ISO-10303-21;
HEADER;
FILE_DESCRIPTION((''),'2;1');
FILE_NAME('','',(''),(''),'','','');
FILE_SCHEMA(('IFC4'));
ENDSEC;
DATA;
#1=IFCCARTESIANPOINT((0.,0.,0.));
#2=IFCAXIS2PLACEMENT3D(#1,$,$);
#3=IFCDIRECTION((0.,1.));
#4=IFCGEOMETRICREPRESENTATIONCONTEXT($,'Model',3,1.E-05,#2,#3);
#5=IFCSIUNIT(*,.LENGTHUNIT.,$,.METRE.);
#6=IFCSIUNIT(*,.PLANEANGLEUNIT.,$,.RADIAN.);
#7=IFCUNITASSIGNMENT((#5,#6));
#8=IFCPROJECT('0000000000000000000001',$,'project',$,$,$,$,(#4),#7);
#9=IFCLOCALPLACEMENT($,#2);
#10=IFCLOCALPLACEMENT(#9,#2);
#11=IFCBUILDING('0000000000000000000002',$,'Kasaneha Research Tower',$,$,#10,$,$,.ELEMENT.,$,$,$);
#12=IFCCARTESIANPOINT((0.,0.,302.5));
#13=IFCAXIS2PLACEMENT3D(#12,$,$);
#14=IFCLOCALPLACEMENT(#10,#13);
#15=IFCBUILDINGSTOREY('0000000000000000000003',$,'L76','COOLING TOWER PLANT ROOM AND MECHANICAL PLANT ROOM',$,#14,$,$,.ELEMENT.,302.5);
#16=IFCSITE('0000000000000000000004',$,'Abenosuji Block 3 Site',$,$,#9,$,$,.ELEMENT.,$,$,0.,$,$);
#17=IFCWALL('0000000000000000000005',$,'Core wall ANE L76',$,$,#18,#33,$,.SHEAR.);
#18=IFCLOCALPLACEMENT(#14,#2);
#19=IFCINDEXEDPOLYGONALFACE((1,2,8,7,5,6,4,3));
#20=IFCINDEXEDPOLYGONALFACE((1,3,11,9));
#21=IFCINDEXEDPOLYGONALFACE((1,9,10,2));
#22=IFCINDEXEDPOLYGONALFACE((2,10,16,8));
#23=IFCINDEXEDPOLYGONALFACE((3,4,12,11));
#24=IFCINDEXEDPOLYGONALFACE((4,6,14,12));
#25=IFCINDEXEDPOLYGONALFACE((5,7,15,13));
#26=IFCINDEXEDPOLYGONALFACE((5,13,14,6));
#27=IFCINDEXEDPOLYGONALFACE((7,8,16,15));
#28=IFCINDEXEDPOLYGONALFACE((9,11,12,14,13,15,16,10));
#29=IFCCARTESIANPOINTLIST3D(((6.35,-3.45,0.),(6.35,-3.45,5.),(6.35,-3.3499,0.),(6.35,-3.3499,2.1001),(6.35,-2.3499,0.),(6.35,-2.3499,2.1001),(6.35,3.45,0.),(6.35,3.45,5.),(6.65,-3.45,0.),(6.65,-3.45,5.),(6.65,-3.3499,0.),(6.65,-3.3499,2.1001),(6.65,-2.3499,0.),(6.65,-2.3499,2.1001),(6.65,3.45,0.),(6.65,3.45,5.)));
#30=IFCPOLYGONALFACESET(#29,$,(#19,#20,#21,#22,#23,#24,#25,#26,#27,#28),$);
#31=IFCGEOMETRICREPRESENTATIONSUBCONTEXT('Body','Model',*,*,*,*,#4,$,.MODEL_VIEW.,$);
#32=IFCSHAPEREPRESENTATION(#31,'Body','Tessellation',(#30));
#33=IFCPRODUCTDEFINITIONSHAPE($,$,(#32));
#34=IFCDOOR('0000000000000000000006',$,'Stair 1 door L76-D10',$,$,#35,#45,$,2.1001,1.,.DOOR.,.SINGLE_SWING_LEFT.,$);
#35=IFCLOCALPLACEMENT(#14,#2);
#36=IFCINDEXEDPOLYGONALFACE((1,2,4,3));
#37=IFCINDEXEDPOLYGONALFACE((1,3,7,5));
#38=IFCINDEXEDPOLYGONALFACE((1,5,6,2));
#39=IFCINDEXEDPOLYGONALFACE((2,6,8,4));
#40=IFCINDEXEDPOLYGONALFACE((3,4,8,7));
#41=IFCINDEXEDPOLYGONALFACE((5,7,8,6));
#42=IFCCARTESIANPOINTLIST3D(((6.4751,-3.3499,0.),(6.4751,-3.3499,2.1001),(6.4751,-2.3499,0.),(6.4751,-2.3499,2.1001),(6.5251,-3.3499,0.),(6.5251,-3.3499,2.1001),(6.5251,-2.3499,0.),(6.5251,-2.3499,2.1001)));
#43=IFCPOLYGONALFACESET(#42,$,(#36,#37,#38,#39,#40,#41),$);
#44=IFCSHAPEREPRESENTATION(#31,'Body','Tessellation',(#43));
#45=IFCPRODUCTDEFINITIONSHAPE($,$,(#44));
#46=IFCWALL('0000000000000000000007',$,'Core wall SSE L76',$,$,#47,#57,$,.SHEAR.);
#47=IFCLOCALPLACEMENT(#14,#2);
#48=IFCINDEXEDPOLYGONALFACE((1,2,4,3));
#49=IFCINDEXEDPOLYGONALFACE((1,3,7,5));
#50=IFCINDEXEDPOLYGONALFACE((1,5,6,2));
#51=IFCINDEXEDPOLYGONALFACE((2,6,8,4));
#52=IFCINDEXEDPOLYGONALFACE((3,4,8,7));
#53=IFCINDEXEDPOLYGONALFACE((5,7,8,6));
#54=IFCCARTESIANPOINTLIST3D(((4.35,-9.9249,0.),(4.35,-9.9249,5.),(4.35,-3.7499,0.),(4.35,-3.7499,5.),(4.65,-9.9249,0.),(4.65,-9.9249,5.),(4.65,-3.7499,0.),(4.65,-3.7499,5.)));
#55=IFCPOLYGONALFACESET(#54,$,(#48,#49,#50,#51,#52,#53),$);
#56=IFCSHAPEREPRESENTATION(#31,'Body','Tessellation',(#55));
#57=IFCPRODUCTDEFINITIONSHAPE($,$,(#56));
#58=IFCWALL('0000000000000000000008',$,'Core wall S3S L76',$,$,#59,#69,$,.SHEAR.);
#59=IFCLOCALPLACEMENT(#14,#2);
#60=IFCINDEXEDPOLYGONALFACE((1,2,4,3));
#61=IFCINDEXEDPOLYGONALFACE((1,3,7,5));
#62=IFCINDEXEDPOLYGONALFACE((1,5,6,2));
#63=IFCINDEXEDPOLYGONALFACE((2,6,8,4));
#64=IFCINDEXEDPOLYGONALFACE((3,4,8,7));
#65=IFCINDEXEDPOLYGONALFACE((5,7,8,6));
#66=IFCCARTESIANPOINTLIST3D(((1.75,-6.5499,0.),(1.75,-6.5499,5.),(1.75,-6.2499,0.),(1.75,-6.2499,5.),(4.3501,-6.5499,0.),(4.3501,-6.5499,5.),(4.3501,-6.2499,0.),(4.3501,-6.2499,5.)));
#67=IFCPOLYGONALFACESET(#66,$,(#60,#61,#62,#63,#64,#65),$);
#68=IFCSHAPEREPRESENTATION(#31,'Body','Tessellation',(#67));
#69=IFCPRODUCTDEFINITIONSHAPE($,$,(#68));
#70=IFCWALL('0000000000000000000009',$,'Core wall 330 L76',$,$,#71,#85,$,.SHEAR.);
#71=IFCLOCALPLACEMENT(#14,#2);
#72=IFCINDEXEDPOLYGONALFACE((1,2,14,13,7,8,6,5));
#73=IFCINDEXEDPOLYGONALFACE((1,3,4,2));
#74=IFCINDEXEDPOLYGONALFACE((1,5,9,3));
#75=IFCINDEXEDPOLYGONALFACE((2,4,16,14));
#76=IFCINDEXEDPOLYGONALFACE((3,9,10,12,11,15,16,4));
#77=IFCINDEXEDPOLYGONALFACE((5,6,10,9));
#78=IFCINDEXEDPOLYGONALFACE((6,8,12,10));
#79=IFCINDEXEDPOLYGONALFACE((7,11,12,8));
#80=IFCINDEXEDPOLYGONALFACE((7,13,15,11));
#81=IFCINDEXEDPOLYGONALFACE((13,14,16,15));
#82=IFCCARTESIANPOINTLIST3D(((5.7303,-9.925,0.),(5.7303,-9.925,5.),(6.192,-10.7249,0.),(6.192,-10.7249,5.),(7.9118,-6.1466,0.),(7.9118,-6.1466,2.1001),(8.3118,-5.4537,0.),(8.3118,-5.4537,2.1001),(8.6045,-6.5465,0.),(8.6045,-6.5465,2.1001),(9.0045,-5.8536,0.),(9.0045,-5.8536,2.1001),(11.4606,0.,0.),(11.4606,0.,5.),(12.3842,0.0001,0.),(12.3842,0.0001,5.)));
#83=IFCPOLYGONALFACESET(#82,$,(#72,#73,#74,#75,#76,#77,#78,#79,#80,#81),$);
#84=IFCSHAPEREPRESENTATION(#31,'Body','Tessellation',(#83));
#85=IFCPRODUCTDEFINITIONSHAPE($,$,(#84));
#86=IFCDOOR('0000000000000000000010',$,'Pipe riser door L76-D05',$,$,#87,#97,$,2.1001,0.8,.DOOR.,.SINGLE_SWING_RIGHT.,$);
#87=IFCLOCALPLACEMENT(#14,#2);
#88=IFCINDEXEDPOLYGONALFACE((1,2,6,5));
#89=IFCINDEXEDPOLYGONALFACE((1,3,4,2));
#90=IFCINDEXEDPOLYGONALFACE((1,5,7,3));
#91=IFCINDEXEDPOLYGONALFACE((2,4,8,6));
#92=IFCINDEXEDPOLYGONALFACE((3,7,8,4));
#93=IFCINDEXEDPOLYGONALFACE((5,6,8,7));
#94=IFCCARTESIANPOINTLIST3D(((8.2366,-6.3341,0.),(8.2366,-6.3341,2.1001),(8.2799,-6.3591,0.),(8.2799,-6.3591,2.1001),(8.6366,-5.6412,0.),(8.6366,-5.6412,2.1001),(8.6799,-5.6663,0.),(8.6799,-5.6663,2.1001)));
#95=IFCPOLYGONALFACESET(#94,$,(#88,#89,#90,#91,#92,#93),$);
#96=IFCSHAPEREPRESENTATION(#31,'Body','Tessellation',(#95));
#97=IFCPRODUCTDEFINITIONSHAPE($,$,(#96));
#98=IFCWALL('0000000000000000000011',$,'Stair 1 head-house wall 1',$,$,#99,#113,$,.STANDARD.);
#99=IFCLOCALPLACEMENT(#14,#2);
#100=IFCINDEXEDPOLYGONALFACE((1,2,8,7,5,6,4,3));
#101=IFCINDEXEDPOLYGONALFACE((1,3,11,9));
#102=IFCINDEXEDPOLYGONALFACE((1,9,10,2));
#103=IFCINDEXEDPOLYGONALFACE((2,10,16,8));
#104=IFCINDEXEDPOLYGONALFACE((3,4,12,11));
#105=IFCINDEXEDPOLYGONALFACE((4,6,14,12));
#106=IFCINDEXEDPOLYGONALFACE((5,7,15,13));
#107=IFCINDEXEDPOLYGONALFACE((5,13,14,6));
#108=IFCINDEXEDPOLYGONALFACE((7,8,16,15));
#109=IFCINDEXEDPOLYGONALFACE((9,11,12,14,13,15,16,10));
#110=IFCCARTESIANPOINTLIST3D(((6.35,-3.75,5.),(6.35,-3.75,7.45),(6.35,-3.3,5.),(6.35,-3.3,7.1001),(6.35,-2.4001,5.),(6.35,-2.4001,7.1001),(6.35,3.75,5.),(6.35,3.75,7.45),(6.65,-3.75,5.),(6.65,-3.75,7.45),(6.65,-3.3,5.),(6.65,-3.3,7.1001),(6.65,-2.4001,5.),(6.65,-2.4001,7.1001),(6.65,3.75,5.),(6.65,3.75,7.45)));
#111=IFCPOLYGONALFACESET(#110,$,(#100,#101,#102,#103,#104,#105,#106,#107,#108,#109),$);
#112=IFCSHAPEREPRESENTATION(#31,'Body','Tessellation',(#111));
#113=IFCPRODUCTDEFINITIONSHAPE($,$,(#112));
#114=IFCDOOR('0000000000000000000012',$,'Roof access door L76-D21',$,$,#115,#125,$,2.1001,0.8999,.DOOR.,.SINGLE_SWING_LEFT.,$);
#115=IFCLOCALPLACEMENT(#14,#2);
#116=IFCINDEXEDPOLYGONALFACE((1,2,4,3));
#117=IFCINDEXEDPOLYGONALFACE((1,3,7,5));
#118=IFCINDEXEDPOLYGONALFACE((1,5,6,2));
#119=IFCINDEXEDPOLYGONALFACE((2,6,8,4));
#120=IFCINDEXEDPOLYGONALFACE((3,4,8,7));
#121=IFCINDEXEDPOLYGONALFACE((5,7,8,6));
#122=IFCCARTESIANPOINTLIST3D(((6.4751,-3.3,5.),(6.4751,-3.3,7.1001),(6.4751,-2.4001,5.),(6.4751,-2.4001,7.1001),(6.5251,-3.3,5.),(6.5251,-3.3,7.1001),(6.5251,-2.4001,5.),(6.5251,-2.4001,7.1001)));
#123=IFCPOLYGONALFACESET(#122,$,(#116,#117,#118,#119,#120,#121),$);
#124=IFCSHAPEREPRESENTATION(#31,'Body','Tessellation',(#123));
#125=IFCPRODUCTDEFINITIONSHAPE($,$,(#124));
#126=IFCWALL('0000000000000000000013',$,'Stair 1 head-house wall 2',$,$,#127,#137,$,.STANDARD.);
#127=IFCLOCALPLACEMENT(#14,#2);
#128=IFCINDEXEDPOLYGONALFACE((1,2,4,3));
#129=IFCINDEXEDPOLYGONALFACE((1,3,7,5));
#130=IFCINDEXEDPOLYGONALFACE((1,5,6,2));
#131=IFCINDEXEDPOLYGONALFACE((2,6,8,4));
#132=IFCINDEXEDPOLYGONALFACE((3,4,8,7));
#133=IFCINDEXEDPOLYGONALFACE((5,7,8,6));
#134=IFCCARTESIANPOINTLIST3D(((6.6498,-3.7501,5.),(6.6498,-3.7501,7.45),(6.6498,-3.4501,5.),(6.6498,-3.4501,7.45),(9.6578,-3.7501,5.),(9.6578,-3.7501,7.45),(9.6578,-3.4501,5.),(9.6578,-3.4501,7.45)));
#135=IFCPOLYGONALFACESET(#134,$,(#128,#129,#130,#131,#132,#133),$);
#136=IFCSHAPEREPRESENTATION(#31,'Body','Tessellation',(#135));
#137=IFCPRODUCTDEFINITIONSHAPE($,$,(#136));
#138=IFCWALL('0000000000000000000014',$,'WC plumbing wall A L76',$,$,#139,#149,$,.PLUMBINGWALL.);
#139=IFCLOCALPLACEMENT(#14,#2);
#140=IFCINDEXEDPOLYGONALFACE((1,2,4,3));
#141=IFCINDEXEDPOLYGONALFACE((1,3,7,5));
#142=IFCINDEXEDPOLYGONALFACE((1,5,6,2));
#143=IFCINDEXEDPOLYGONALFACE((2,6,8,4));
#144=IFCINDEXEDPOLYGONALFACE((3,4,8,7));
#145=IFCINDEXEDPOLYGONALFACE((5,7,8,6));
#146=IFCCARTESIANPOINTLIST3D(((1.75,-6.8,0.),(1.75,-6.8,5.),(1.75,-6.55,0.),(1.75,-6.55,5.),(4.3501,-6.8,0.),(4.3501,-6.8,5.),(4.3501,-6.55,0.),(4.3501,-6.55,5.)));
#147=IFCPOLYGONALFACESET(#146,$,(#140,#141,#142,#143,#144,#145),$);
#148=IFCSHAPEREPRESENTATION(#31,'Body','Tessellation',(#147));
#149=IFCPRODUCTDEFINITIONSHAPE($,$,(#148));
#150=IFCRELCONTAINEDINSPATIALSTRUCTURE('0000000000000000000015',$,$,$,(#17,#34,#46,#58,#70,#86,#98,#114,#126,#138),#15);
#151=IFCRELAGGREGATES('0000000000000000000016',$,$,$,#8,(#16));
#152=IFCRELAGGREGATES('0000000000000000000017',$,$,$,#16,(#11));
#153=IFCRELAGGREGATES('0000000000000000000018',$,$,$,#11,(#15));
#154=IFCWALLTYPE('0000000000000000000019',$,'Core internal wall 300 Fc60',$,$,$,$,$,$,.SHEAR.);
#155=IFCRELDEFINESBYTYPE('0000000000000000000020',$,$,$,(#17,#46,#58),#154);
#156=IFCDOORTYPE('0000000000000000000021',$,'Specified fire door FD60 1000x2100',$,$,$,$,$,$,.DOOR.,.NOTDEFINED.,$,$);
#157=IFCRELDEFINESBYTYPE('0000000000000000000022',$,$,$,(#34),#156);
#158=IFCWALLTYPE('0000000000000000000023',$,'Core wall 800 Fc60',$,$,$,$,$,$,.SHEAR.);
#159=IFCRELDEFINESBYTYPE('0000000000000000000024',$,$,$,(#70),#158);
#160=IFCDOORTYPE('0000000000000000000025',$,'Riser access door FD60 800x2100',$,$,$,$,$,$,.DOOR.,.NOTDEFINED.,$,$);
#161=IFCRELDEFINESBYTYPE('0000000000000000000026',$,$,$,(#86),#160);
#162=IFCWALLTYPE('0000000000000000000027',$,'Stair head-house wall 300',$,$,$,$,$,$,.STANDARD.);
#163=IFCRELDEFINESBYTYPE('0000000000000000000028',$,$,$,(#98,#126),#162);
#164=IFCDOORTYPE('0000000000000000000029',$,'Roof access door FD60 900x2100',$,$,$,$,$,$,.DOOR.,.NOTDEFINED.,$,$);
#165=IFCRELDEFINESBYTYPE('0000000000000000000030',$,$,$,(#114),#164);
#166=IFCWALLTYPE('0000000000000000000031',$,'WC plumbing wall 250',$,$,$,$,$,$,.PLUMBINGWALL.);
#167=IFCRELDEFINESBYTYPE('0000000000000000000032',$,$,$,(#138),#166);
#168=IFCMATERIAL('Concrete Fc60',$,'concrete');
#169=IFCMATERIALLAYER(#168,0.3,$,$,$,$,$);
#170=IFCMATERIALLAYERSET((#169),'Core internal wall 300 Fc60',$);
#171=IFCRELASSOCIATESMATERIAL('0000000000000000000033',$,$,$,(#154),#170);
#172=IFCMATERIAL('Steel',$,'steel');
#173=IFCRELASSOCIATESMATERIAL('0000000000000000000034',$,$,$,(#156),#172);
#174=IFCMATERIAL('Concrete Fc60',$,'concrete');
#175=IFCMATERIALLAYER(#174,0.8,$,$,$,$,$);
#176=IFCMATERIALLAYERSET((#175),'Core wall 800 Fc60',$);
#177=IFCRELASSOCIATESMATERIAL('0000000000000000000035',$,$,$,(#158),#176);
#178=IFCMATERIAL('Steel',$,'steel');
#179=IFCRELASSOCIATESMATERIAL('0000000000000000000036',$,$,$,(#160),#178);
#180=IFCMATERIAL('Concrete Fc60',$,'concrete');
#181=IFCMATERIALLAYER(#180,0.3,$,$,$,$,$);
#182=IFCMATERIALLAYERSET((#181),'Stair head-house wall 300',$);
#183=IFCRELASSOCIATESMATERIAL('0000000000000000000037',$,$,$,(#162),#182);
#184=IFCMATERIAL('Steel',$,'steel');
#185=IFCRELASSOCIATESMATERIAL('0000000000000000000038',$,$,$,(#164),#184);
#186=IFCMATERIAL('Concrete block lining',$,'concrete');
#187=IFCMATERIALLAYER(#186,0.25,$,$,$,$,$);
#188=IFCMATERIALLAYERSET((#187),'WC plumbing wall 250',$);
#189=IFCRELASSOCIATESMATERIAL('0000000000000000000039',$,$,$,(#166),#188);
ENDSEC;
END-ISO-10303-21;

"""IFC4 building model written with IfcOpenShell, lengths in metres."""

from ifc_helpers import new_model, si_unit, direction, frame, frame_2d, origin, place, context, subcontext, project, spatial, polyline, rectangle, outline, extrude, material, layer, layer_set, type_object, element, fill, save


model = new_model("IFC4")

# Units and contexts
model_context = context("Model", 3, precision=1e-05, world=origin(), true_north=direction((0.0, 1.0)))
body_context = subcontext(model_context, "Body", "Model", "MODEL_VIEW")
ifc_project = project(units=[si_unit("LENGTHUNIT", "METRE"), si_unit("PLANEANGLEUNIT", "RADIAN")], contexts=[model_context])

# Site, building, storey
site_placement = place(None, origin())
site = spatial("IfcSite", under=ifc_project, at=site_placement, Name="Abenosuji Block 3 Site", CompositionType="ELEMENT", RefElevation=0.0)
building_placement = place(site_placement, origin())
building = spatial("IfcBuilding", under=site, at=building_placement, Name="Kasaneha Research Tower", CompositionType="ELEMENT")
storey_placement = place(building_placement, frame((0.0, 0.0, 302.5)))
storey = spatial("IfcBuildingStorey", under=building, at=storey_placement, Name="L76", Description="COOLING TOWER PLANT ROOM AND MECHANICAL PLANT ROOM", CompositionType="ELEMENT", Elevation=302.5)

# Shared definitions
ifc_material_1 = material(Name="Concrete Fc60", Category="concrete")
ifc_layer_1 = layer(ifc_material_1, 0.3)
ifc_layer_set_1 = layer_set([ifc_layer_1], Name="Core internal wall 300 Fc60")
wall_type_1 = type_object("IfcWallType", Name="Core internal wall 300 Fc60", PredefinedType="SHEAR", material=ifc_layer_set_1)

# Wall, opening, door
ifc_material_2 = material(Name="Steel", Category="steel")
door_type_1 = type_object("IfcDoorType", Name="Specified fire door FD60 1000x2100", OperationType="NOTDEFINED", PredefinedType="DOOR", material=ifc_material_2)
wall_1_placement = place(storey_placement, frame((6.5, -3.45, 0.0), z_axis=(0.0, 0.0, 1.0), x_axis=(0.0, 1.0, 0.0)))
wall_1 = element("IfcWall", 1, at=wall_1_placement, inside=storey, type_object=wall_type_1, Name="Core wall ANE L76", PredefinedType="SHEAR", context=body_context, shape_type="SweptSolid", body=[
    extrude(rectangle(XDim=6.8999, YDim=0.3, at=frame_2d((3.45, 0.0))), origin(), (0.0, 0.0, 1.0), 5.0),
])
opening_1_placement = place(wall_1_placement, frame((0.1001, 0.0, 0.0)))
opening_1 = element("IfcOpeningElement", 2, at=opening_1_placement, cuts=wall_1, PredefinedType="OPENING", context=body_context, shape_type="SweptSolid", body=[
    extrude(rectangle(XDim=1.0, YDim=2.1001, at=frame_2d((0.5, 1.05))), frame((0.0, 0.1602, 0.0), z_axis=(0.0, -1.0, 0.0), x_axis=(1.0, 0.0, 0.0)), (0.0, 0.0, 1.0), 0.3201),
])
door_1_placement = place(opening_1_placement, origin())
door_1 = element("IfcDoor", 3, at=door_1_placement, inside=storey, type_object=door_type_1, Name="Stair 1 door L76-D10", OperationType="SINGLE_SWING_LEFT", OverallHeight=2.1001, OverallWidth=1.0, PredefinedType="DOOR", context=body_context, shape_type="SweptSolid", body=[
    extrude(rectangle(XDim=1.0, YDim=2.1001, at=frame_2d((0.5, 1.05))), frame((0.0, 0.0249, 0.0), z_axis=(0.0, -1.0, 0.0), x_axis=(1.0, 0.0, 0.0)), (0.0, 0.0, 1.0), 0.05),
])
fill(opening_1, door_1)

# Walls
wall_2_placement = place(storey_placement, frame((4.5, -3.75, 0.0), z_axis=(0.0, 0.0, 1.0), x_axis=(0.0, -1.0, 0.0)))
element("IfcWall", 4, at=wall_2_placement, inside=storey, type_object=wall_type_1, Name="Core wall SSE L76", PredefinedType="SHEAR", context=body_context, shape_type="SweptSolid", body=[
    extrude(rectangle(XDim=6.175, YDim=0.3, at=frame_2d((3.0874, 0.0))), origin(), (0.0, 0.0, 1.0), 5.0),
])
wall_3_placement = place(storey_placement, frame((1.75, -6.3999, 0.0), z_axis=(0.0, 0.0, 1.0), x_axis=(1.0, 0.0, 0.0)))
element("IfcWall", 5, at=wall_3_placement, inside=storey, type_object=wall_type_1, Name="Core wall S3S L76", PredefinedType="SHEAR", context=body_context, shape_type="SweptSolid", body=[
    extrude(rectangle(XDim=2.6001, YDim=0.3, at=frame_2d((1.3, 0.0))), origin(), (0.0, 0.0, 1.0), 5.0),
])

# Walls, openings, doors
ifc_material_3 = material(Name="Concrete Fc60", Category="concrete")
ifc_layer_2 = layer(ifc_material_3, 0.8)
ifc_layer_set_2 = layer_set([ifc_layer_2], Name="Core wall 800 Fc60")
wall_type_2 = type_object("IfcWallType", Name="Core wall 800 Fc60", PredefinedType="SHEAR", material=ifc_layer_set_2)
wall_4_placement = place(storey_placement, frame((5.9612, -10.325, 0.0), z_axis=(0.0, 0.0, 1.0), x_axis=(0.500004, 0.866023, 0.0)))
wall_4 = element("IfcWall", 6, at=wall_4_placement, inside=storey, type_object=wall_type_2, Name="Core wall 330 L76", PredefinedType="SHEAR", context=body_context, shape_type="SweptSolid", body=[
    extrude(outline(polyline([(-0.231, -0.3999), (4.594, -0.3999), (5.394, -0.3999), (12.1533, -0.3999), (11.6914, 0.3999), (5.394, 0.3999), (4.594, 0.3999), (0.231, 0.3999), (-0.231, -0.3999)])), origin(), (0.0, 0.0, 1.0), 5.0),
])
opening_2_placement = place(wall_4_placement, frame((4.594, 0.0, 0.0)))
opening_2 = element("IfcOpeningElement", 7, at=opening_2_placement, cuts=wall_4, PredefinedType="OPENING", context=body_context, shape_type="SweptSolid", body=[
    extrude(rectangle(XDim=0.8, YDim=2.1001, at=frame_2d((0.3999, 1.05))), frame((0.0, 0.4102, 0.0), z_axis=(0.0, -1.0, 0.0), x_axis=(1.0, 0.0, 0.0)), (0.0, 0.0, 1.0), 0.8201),
])
ifc_material_4 = material(Name="Steel", Category="steel")
door_type_2 = type_object("IfcDoorType", Name="Riser access door FD60 800x2100", OperationType="NOTDEFINED", PredefinedType="DOOR", material=ifc_material_4)
door_2_placement = place(opening_2_placement, origin())
door_2 = element("IfcDoor", 8, at=door_2_placement, inside=storey, type_object=door_type_2, Name="Pipe riser door L76-D05", OperationType="SINGLE_SWING_RIGHT", OverallHeight=2.1001, OverallWidth=0.8, PredefinedType="DOOR", context=body_context, shape_type="SweptSolid", body=[
    extrude(rectangle(XDim=0.8, YDim=2.1001, at=frame_2d((0.3999, 1.05))), frame((0.0, 0.0249, 0.0), z_axis=(0.0, -1.0, 0.0), x_axis=(1.0, 0.0, 0.0)), (0.0, 0.0, 1.0), 0.05),
])
fill(opening_2, door_2)
ifc_material_5 = material(Name="Concrete Fc60", Category="concrete")
ifc_layer_3 = layer(ifc_material_5, 0.3)
ifc_layer_set_3 = layer_set([ifc_layer_3], Name="Stair head-house wall 300")
wall_type_3 = type_object("IfcWallType", Name="Stair head-house wall 300", PredefinedType="STANDARD", material=ifc_layer_set_3)
wall_5_placement = place(storey_placement, frame((6.5, -3.75, 5.0), z_axis=(0.0, 0.0, 1.0), x_axis=(0.0, 1.0, 0.0)))
wall_5 = element("IfcWall", 9, at=wall_5_placement, inside=storey, type_object=wall_type_3, Name="Stair 1 head-house wall 1", PredefinedType="STANDARD", context=body_context, shape_type="SweptSolid", body=[
    extrude(rectangle(XDim=7.5, YDim=0.3, at=frame_2d((3.75, 0.0))), origin(), (0.0, 0.0, 1.0), 2.45),
])
opening_3_placement = place(wall_5_placement, frame((0.45, 0.0, 0.0)))
opening_3 = element("IfcOpeningElement", 10, at=opening_3_placement, cuts=wall_5, PredefinedType="OPENING", context=body_context, shape_type="SweptSolid", body=[
    extrude(rectangle(XDim=0.8999, YDim=2.1001, at=frame_2d((0.45, 1.05))), frame((0.0, 0.1602, 0.0), z_axis=(0.0, -1.0, 0.0), x_axis=(1.0, 0.0, 0.0)), (0.0, 0.0, 1.0), 0.3201),
])
ifc_material_6 = material(Name="Steel", Category="steel")
door_type_3 = type_object("IfcDoorType", Name="Roof access door FD60 900x2100", OperationType="NOTDEFINED", PredefinedType="DOOR", material=ifc_material_6)
door_3_placement = place(opening_3_placement, origin())
door_3 = element("IfcDoor", 11, at=door_3_placement, inside=storey, type_object=door_type_3, Name="Roof access door L76-D21", OperationType="SINGLE_SWING_LEFT", OverallHeight=2.1001, OverallWidth=0.8999, PredefinedType="DOOR", context=body_context, shape_type="SweptSolid", body=[
    extrude(rectangle(XDim=0.8999, YDim=2.1001, at=frame_2d((0.45, 1.05))), frame((0.0, 0.0249, 0.0), z_axis=(0.0, -1.0, 0.0), x_axis=(1.0, 0.0, 0.0)), (0.0, 0.0, 1.0), 0.05),
])
fill(opening_3, door_3)

# Walls
wall_6_placement = place(storey_placement, frame((6.6499, -3.6001, 5.0), z_axis=(0.0, 0.0, 1.0), x_axis=(1.0, 0.0, 0.0)))
element("IfcWall", 12, at=wall_6_placement, inside=storey, type_object=wall_type_3, Name="Stair 1 head-house wall 2", PredefinedType="STANDARD", context=body_context, shape_type="SweptSolid", body=[
    extrude(rectangle(XDim=3.0081, YDim=0.3, at=frame_2d((1.5039, 0.0))), origin(), (0.0, 0.0, 1.0), 2.45),
])
ifc_material_7 = material(Name="Concrete block lining", Category="concrete")
ifc_layer_4 = layer(ifc_material_7, 0.25)
ifc_layer_set_4 = layer_set([ifc_layer_4], Name="WC plumbing wall 250")
wall_type_4 = type_object("IfcWallType", Name="WC plumbing wall 250", PredefinedType="PLUMBINGWALL", material=ifc_layer_set_4)
wall_7_placement = place(storey_placement, frame((1.75, -6.675, 0.0), z_axis=(0.0, 0.0, 1.0), x_axis=(1.0, 0.0, 0.0)))
element("IfcWall", 13, at=wall_7_placement, inside=storey, type_object=wall_type_4, Name="WC plumbing wall A L76", PredefinedType="PLUMBINGWALL", context=body_context, shape_type="SweptSolid", body=[
    extrude(rectangle(XDim=2.6001, YDim=0.25, at=frame_2d((1.3, 0.0))), origin(), (0.0, 0.0, 1.0), 5.0),
])

save(model, "model.ifc")
